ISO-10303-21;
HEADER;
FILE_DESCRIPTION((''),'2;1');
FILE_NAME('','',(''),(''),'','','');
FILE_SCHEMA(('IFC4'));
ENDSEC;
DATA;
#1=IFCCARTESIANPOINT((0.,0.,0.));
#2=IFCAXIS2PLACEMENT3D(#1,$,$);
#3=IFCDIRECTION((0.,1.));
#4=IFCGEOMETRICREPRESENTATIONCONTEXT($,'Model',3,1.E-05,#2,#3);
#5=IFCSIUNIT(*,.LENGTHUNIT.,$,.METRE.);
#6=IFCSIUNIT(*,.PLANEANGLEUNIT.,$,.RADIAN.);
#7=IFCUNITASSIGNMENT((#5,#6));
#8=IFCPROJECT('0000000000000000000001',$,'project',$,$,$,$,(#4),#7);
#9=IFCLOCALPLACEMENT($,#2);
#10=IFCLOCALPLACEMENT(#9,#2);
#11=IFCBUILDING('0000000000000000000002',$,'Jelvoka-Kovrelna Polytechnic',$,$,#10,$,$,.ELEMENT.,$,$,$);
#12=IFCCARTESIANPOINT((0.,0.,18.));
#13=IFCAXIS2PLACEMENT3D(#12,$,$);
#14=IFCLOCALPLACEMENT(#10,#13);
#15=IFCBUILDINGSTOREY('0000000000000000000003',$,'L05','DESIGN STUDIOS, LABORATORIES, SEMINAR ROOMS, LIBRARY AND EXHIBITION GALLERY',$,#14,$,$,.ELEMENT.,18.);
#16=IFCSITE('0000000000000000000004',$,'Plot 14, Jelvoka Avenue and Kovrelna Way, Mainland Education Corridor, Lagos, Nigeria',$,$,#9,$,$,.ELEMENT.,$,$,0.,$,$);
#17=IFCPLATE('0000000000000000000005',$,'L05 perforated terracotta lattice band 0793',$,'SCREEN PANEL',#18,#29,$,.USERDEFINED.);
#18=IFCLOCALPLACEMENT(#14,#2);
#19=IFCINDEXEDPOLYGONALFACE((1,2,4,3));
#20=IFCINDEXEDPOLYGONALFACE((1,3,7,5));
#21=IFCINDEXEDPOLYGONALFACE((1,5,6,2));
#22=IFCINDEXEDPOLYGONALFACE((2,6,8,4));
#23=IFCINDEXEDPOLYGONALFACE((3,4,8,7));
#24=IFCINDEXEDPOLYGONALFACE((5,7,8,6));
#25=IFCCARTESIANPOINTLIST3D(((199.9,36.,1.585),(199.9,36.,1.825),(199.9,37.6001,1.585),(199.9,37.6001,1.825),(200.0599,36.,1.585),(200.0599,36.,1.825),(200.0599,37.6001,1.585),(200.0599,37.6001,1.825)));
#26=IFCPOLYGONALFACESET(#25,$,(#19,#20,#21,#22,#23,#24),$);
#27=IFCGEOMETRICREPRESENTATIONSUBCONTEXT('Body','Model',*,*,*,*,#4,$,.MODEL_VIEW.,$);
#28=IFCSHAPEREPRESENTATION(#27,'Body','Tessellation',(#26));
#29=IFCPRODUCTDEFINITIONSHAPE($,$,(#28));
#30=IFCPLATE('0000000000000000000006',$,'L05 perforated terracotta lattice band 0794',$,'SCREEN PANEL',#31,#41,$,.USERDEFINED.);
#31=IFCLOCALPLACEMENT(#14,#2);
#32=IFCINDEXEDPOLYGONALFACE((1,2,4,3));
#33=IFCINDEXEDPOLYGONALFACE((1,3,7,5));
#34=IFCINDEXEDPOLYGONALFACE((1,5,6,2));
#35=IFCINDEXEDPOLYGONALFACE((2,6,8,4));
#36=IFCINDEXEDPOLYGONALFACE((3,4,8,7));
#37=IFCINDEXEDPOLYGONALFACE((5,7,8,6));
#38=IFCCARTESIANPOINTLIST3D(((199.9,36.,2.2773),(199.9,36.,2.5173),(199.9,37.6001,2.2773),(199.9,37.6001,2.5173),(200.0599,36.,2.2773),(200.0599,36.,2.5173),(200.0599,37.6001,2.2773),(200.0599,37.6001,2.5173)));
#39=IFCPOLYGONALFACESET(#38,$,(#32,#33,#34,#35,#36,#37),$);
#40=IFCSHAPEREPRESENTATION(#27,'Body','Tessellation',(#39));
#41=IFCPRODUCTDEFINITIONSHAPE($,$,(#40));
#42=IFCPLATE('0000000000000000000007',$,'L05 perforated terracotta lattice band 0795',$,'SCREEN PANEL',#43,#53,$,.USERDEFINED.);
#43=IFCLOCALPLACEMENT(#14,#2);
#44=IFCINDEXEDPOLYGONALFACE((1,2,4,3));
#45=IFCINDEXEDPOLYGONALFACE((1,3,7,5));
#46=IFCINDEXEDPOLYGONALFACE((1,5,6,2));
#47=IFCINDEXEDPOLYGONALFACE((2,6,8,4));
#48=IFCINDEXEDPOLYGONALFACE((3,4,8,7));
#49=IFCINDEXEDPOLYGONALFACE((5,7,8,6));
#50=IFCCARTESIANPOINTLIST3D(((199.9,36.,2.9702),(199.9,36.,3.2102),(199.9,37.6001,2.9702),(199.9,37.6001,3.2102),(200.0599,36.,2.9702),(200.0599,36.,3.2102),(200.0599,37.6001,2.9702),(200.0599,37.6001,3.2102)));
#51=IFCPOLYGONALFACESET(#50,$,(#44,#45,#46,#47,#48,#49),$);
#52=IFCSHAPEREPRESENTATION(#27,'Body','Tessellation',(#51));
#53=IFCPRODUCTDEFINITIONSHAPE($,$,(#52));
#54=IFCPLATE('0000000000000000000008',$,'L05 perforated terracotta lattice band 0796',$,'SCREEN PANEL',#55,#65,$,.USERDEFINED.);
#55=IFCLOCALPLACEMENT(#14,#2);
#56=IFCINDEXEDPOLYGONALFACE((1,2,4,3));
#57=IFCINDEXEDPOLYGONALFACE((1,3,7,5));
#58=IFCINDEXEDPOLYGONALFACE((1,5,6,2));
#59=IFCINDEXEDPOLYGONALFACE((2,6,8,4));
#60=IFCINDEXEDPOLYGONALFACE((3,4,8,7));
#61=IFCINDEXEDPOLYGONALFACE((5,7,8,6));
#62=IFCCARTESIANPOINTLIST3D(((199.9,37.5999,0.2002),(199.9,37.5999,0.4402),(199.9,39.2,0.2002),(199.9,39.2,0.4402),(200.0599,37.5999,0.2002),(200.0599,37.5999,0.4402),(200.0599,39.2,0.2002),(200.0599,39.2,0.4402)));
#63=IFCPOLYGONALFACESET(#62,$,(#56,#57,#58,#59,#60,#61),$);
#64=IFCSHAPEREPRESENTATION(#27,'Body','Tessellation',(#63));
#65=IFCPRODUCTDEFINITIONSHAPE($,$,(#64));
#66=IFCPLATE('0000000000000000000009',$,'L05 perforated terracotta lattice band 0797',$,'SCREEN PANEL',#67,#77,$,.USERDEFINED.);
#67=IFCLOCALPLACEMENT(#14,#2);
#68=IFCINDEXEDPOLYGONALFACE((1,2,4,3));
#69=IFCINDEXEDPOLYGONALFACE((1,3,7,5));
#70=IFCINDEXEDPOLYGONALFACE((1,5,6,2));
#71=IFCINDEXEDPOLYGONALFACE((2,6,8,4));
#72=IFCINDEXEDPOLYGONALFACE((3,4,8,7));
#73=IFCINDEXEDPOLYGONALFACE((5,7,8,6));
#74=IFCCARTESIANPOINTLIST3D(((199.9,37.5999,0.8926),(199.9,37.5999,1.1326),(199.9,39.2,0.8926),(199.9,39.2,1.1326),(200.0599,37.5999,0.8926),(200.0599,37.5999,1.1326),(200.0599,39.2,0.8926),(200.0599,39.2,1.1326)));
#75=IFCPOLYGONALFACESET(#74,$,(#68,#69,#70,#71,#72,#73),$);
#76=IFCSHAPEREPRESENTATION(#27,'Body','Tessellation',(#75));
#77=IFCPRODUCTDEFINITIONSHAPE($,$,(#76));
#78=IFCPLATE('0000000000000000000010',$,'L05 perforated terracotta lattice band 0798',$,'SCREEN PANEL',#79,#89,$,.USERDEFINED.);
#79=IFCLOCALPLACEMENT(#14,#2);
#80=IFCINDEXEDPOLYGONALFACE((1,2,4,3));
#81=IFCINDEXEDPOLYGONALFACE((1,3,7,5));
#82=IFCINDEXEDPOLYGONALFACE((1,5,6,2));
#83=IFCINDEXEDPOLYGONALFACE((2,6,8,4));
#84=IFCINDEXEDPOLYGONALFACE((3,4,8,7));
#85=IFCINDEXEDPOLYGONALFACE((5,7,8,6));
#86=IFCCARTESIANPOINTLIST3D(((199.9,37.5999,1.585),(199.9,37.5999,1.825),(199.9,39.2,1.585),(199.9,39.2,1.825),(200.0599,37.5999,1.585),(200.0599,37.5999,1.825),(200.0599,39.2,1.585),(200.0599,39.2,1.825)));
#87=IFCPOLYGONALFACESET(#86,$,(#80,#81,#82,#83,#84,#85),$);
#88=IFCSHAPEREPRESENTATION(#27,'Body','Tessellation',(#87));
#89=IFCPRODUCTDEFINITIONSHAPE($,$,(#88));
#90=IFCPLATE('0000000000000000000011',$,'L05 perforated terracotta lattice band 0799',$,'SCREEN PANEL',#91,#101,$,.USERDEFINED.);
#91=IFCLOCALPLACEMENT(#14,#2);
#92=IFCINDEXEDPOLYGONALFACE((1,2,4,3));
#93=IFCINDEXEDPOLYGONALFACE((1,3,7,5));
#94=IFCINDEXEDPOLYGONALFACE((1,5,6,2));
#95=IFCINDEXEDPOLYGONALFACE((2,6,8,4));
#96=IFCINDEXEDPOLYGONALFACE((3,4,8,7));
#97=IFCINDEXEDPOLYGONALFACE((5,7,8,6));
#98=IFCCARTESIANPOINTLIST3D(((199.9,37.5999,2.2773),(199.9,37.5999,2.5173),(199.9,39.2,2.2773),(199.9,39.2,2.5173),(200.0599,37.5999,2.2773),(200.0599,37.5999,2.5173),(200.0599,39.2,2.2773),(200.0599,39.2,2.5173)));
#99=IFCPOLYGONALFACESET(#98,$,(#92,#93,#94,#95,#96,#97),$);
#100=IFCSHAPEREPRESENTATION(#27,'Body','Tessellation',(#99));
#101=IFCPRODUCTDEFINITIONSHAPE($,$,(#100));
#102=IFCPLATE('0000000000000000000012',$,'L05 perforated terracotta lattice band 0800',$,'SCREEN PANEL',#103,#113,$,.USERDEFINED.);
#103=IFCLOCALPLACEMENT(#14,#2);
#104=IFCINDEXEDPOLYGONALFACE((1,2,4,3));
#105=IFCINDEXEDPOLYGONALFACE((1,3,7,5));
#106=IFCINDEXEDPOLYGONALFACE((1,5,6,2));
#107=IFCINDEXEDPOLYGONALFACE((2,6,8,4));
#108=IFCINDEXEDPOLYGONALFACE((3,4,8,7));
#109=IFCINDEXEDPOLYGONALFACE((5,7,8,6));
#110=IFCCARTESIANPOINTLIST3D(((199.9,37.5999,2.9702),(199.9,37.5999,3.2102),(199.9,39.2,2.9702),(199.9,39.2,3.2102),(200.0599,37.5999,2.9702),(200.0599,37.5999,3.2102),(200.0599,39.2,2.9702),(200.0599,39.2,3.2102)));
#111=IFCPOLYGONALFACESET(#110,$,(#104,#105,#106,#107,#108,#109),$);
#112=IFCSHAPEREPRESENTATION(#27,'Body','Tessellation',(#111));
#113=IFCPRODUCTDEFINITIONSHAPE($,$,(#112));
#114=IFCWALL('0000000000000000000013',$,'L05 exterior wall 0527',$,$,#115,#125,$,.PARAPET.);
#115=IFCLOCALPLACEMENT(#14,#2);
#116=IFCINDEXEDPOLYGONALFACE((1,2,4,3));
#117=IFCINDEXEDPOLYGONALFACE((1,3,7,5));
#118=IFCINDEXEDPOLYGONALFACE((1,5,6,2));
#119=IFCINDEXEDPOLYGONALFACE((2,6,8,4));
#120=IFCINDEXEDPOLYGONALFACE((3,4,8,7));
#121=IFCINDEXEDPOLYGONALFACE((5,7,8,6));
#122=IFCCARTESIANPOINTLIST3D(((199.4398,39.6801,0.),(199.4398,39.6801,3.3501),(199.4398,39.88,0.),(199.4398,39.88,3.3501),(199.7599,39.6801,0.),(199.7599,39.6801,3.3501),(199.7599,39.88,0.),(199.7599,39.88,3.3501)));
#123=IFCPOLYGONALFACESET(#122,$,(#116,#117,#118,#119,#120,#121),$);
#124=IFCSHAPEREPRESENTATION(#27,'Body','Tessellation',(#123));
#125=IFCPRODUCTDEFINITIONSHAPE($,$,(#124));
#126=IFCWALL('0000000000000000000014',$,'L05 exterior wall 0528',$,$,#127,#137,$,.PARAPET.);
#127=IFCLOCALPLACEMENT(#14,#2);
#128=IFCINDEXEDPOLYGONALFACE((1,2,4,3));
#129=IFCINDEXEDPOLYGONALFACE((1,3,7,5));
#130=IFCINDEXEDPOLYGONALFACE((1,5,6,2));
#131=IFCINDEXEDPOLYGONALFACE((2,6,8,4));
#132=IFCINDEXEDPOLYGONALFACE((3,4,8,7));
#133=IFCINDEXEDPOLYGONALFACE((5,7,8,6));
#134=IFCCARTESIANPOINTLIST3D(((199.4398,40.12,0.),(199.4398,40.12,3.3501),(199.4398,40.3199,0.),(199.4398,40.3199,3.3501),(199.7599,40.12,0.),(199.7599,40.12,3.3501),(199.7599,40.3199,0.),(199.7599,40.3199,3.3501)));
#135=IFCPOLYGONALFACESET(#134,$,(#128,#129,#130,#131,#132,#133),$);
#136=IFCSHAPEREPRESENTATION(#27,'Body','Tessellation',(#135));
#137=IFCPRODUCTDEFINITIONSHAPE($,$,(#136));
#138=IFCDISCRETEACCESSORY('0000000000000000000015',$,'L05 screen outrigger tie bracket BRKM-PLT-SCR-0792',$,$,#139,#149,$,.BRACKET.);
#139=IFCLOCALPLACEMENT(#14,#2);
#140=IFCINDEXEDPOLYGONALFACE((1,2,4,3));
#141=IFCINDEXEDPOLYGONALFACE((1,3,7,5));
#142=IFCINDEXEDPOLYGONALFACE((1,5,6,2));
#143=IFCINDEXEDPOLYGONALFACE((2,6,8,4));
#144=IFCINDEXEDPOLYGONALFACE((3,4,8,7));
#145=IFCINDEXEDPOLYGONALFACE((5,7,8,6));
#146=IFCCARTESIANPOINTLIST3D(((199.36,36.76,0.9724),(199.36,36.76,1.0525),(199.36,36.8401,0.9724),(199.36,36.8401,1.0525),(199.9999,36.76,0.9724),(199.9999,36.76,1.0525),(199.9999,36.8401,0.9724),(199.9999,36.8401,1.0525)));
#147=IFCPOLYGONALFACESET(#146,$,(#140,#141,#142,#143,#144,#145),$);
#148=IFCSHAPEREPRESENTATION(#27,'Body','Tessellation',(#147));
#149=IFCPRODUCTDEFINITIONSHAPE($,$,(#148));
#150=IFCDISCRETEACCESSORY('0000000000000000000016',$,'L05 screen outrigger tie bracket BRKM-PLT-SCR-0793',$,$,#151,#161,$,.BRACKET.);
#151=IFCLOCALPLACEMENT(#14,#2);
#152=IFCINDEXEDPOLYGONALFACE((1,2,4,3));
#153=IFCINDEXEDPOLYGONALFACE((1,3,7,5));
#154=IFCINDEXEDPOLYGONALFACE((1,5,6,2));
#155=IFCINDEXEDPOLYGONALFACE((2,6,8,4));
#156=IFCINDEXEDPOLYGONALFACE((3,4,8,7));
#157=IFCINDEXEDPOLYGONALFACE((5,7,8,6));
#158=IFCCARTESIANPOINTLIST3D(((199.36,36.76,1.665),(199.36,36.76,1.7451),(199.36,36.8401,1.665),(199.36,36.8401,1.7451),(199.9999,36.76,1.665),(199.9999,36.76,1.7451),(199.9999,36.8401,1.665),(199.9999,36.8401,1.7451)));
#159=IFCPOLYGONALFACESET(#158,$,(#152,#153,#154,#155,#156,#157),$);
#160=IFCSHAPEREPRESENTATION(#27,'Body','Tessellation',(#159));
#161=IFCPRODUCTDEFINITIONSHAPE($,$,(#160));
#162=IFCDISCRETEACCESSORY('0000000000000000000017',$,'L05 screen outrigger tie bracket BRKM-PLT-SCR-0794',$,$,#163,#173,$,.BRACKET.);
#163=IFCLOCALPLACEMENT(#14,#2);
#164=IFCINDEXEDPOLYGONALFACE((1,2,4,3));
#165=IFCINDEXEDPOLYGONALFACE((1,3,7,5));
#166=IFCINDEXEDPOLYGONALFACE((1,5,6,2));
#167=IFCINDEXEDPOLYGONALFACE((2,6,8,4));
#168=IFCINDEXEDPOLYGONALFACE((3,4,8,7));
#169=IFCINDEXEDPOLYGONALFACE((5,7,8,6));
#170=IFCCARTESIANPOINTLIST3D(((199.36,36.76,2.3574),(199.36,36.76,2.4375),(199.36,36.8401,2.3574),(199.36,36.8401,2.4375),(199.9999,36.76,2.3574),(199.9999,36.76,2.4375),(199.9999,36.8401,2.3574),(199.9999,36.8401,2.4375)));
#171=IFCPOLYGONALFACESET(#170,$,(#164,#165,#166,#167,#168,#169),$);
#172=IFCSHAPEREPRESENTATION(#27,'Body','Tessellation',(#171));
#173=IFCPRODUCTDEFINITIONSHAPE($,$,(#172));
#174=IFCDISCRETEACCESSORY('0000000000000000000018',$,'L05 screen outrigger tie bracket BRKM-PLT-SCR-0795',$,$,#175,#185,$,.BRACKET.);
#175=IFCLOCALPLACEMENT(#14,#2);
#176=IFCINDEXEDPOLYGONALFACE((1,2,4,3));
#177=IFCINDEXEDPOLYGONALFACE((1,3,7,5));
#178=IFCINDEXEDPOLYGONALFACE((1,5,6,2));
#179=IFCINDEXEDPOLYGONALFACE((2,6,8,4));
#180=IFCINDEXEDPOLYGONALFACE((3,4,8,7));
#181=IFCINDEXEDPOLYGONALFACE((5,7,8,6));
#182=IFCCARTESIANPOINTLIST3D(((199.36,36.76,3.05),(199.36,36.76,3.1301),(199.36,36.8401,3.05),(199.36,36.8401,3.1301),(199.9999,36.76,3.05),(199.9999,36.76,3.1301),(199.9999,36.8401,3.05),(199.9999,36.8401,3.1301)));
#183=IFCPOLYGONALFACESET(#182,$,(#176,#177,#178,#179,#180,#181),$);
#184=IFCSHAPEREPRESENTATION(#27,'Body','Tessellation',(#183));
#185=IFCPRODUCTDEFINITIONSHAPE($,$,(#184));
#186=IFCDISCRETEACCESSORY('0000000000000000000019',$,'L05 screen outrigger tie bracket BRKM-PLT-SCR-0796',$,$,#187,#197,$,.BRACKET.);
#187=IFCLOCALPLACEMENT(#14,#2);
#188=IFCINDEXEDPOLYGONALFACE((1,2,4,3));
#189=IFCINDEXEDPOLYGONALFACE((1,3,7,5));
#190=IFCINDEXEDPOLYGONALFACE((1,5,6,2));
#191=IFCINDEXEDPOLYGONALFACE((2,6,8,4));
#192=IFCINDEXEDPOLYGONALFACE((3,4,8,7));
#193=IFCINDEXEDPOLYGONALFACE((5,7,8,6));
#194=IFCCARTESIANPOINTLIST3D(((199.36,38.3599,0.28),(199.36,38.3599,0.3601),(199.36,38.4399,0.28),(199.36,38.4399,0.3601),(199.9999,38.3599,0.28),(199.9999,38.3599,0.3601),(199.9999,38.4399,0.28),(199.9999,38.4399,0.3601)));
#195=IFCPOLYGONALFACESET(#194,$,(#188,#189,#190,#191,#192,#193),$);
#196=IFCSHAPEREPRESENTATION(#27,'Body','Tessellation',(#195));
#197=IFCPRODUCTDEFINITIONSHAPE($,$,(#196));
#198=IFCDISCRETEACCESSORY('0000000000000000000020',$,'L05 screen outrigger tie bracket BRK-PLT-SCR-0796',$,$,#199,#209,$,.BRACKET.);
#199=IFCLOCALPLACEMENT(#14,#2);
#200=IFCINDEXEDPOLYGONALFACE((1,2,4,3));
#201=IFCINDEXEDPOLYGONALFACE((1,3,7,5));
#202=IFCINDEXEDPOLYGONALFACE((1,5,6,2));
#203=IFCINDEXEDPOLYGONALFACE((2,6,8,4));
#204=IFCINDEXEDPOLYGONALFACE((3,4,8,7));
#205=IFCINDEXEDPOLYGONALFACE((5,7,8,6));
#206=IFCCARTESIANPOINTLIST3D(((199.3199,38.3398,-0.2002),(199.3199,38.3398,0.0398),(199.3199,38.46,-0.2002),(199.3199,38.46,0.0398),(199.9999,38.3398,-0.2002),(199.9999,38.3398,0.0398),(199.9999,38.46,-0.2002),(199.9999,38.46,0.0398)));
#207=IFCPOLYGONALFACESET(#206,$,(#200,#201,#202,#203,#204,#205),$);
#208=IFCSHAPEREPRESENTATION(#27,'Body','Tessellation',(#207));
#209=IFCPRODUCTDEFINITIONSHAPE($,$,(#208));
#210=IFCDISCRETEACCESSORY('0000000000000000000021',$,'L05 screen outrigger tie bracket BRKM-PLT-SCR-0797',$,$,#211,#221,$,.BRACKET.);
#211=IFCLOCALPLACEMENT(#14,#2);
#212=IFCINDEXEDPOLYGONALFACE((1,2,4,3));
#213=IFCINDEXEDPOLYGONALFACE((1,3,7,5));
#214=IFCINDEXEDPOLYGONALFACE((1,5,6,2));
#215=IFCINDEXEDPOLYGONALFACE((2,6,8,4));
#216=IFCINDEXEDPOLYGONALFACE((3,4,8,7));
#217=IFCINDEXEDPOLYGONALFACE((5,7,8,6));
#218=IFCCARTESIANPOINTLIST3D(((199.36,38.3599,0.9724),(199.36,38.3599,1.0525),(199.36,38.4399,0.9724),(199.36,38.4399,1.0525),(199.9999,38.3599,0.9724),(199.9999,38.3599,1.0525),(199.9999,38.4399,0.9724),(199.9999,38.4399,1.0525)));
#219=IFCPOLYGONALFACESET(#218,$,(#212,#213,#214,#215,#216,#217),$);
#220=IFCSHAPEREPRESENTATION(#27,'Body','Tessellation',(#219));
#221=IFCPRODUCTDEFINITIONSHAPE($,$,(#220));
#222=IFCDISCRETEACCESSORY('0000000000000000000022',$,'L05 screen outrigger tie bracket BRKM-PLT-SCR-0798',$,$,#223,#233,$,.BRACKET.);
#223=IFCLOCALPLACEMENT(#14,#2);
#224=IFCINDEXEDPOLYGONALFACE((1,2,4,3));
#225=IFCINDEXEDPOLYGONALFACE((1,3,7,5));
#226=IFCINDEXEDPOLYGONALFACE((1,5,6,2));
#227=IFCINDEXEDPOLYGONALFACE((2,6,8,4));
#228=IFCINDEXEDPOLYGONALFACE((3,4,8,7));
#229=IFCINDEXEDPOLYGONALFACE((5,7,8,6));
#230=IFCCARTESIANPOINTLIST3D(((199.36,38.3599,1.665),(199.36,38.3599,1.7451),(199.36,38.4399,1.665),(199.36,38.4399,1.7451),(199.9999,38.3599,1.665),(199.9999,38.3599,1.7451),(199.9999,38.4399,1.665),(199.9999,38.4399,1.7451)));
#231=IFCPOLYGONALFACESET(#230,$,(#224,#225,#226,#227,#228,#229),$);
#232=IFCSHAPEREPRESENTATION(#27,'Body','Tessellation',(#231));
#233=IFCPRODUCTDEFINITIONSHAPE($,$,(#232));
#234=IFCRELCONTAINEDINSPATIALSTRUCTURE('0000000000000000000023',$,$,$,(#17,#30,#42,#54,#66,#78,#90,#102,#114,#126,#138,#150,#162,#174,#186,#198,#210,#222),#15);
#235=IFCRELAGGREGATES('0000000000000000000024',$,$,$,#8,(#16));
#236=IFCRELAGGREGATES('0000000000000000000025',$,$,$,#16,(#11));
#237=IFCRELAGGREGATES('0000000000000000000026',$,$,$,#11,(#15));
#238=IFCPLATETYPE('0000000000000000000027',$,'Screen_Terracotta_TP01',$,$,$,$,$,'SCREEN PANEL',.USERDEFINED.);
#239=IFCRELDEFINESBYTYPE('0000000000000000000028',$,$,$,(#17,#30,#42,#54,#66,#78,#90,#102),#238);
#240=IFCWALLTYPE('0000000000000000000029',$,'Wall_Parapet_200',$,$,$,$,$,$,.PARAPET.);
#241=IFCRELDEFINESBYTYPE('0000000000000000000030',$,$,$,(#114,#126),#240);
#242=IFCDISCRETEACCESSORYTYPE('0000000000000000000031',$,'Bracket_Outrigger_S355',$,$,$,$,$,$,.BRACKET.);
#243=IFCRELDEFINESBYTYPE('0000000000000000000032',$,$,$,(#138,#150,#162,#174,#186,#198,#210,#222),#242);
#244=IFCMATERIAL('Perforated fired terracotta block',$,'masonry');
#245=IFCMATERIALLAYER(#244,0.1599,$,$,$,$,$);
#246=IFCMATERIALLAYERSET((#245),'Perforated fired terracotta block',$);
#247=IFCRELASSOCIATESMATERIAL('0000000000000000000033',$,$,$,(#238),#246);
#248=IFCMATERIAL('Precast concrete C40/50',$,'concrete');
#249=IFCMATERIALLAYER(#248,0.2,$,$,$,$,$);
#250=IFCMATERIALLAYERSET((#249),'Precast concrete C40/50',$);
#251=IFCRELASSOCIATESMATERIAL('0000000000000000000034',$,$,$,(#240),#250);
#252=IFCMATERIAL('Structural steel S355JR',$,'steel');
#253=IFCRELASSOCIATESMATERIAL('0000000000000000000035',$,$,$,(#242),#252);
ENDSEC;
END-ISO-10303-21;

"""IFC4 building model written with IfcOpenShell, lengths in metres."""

from ifc_helpers import new_model, si_unit, direction, frame, frame_2d, origin, origin_2d, place, context, subcontext, project, spatial, rectangle, extrude, material, layer, layer_set, type_object, element, save


model = new_model("IFC4")

# Units and contexts
model_context = context("Model", 3, precision=1e-05, world=origin(), true_north=direction((0.0, 1.0)))
body_context = subcontext(model_context, "Body", "Model", "MODEL_VIEW")
ifc_project = project(units=[si_unit("LENGTHUNIT", "METRE"), si_unit("PLANEANGLEUNIT", "RADIAN")], contexts=[model_context])

# Site, building, storey
site_placement = place(None, origin())
site = spatial("IfcSite", under=ifc_project, at=site_placement, Name="Plot 14, Jelvoka Avenue and Kovrelna Way, Mainland Education Corridor, Lagos, Nigeria", CompositionType="ELEMENT", RefElevation=0.0)
building_placement = place(site_placement, origin())
building = spatial("IfcBuilding", under=site, at=building_placement, Name="Jelvoka-Kovrelna Polytechnic", CompositionType="ELEMENT")
storey_placement = place(building_placement, frame((0.0, 0.0, 18.0)))
storey = spatial("IfcBuildingStorey", under=building, at=storey_placement, Name="L05", Description="DESIGN STUDIOS, LABORATORIES, SEMINAR ROOMS, LIBRARY AND EXHIBITION GALLERY", CompositionType="ELEMENT", Elevation=18.0)

# Plates
ifc_material_1 = material(Name="Perforated fired terracotta block", Category="masonry")
ifc_layer_1 = layer(ifc_material_1, 0.1599)
ifc_layer_set_1 = layer_set([ifc_layer_1], Name="Perforated fired terracotta block")
plate_type_1 = type_object("IfcPlateType", Name="Screen_Terracotta_TP01", ElementType="SCREEN PANEL", PredefinedType="USERDEFINED", material=ifc_layer_set_1)
for number, where, z_axis, x_axis, name in (
    (1, (199.98, 36.8, 1.585), (0.0, 0.0, 1.0), (0.0, 1.0, 0.0), "L05 perforated terracotta lattice band 0793"),
    (2, (199.98, 36.8, 2.2773), (0.0, 0.0, 1.0), (0.0, 1.0, 0.0), "L05 perforated terracotta lattice band 0794"),
    (3, (199.98, 36.8, 2.9702), (0.0, 0.0, 1.0), (0.0, 1.0, 0.0), "L05 perforated terracotta lattice band 0795"),
    (4, (199.98, 38.3999, 0.2002), (0.0, 0.0, 1.0), (0.0, 1.0, 0.0), "L05 perforated terracotta lattice band 0796"),
    (5, (199.98, 38.3999, 0.8926), (0.0, 0.0, 1.0), (0.0, 1.0, 0.0), "L05 perforated terracotta lattice band 0797"),
    (6, (199.98, 38.3999, 1.585), (0.0, 0.0, 1.0), (0.0, 1.0, 0.0), "L05 perforated terracotta lattice band 0798"),
    (7, (199.98, 38.3999, 2.2773), (0.0, 0.0, 1.0), (0.0, 1.0, 0.0), "L05 perforated terracotta lattice band 0799"),
    (8, (199.98, 38.3999, 2.9702), (0.0, 0.0, 1.0), (0.0, 1.0, 0.0), "L05 perforated terracotta lattice band 0800"),
):
    element("IfcPlate", number, at=place(storey_placement, frame(where, z_axis=z_axis, x_axis=x_axis)), inside=storey, type_object=plate_type_1, Name=name, ObjectType="SCREEN PANEL", PredefinedType="USERDEFINED", context=body_context, shape_type="SweptSolid", body=[
        extrude(rectangle(XDim=1.6001, YDim=0.1599, at=origin_2d()), origin(), (0.0, 0.0, 1.0), 0.24),
    ])

# Walls
ifc_material_2 = material(Name="Precast concrete C40/50", Category="concrete")
ifc_layer_2 = layer(ifc_material_2, 0.2)
ifc_layer_set_2 = layer_set([ifc_layer_2], Name="Precast concrete C40/50")
wall_type = type_object("IfcWallType", Name="Wall_Parapet_200", PredefinedType="PARAPET", material=ifc_layer_set_2)
for number, where, z_axis, x_axis, name in (
    (9, (199.76, 39.78, 0.0), (0.0, 0.0, 1.0), (-1.0, 0.0, 0.0), "L05 exterior wall 0527"),
    (10, (199.76, 40.22, 0.0), (0.0, 0.0, 1.0), (-1.0, 0.0, 0.0), "L05 exterior wall 0528"),
):
    element("IfcWall", number, at=place(storey_placement, frame(where, z_axis=z_axis, x_axis=x_axis)), inside=storey, type_object=wall_type, Name=name, PredefinedType="PARAPET", context=body_context, shape_type="SweptSolid", body=[
        extrude(rectangle(XDim=0.3201, YDim=0.2, at=frame_2d((0.1602, 0.0))), origin(), (0.0, 0.0, 1.0), 3.3501),
    ])

# Discrete accessories
ifc_material_3 = material(Name="Structural steel S355JR", Category="steel")
discrete_accessory_type = type_object("IfcDiscreteAccessoryType", Name="Bracket_Outrigger_S355", PredefinedType="BRACKET", material=ifc_material_3)
for number, where, z_axis, x_axis, name in (
    (11, (199.6799, 36.8, 0.9724), (0.0, 0.0, 1.0), (1.0, 0.0, 0.0), "L05 screen outrigger tie bracket BRKM-PLT-SCR-0792"),
    (12, (199.6799, 36.8, 1.665), (0.0, 0.0, 1.0), (1.0, 0.0, 0.0), "L05 screen outrigger tie bracket BRKM-PLT-SCR-0793"),
    (13, (199.6799, 36.8, 2.3574), (0.0, 0.0, 1.0), (1.0, 0.0, 0.0), "L05 screen outrigger tie bracket BRKM-PLT-SCR-0794"),
    (14, (199.6799, 36.8, 3.05), (0.0, 0.0, 1.0), (1.0, 0.0, 0.0), "L05 screen outrigger tie bracket BRKM-PLT-SCR-0795"),
    (15, (199.6799, 38.3999, 0.28), (0.0, 0.0, 1.0), (1.0, 0.0, 0.0), "L05 screen outrigger tie bracket BRKM-PLT-SCR-0796"),
):
    element("IfcDiscreteAccessory", number, at=place(storey_placement, frame(where, z_axis=z_axis, x_axis=x_axis)), inside=storey, type_object=discrete_accessory_type, Name=name, PredefinedType="BRACKET", context=body_context, shape_type="SweptSolid", body=[
        extrude(rectangle(XDim=0.6399, YDim=0.0801, at=origin_2d()), origin(), (0.0, 0.0, 1.0), 0.0801),
    ])
discrete_accessory_placement = place(storey_placement, frame((199.6599, 38.3999, -0.2002), z_axis=(0.0, 0.0, 1.0), x_axis=(1.0, 0.0, 0.0)))
element("IfcDiscreteAccessory", 16, at=discrete_accessory_placement, inside=storey, type_object=discrete_accessory_type, Name="L05 screen outrigger tie bracket BRK-PLT-SCR-0796", PredefinedType="BRACKET", context=body_context, shape_type="SweptSolid", body=[
    extrude(rectangle(XDim=0.6799, YDim=0.1201, at=origin_2d()), origin(), (0.0, 0.0, 1.0), 0.24),
])
for number, where, z_axis, x_axis, name in (
    (17, (199.6799, 38.3999, 0.9724), (0.0, 0.0, 1.0), (1.0, 0.0, 0.0), "L05 screen outrigger tie bracket BRKM-PLT-SCR-0797"),
    (18, (199.6799, 38.3999, 1.665), (0.0, 0.0, 1.0), (1.0, 0.0, 0.0), "L05 screen outrigger tie bracket BRKM-PLT-SCR-0798"),
):
    element("IfcDiscreteAccessory", number, at=place(storey_placement, frame(where, z_axis=z_axis, x_axis=x_axis)), inside=storey, type_object=discrete_accessory_type, Name=name, PredefinedType="BRACKET", context=body_context, shape_type="SweptSolid", body=[
        extrude(rectangle(XDim=0.6399, YDim=0.0801, at=origin_2d()), origin(), (0.0, 0.0, 1.0), 0.0801),
    ])

save(model, "model.ifc")
